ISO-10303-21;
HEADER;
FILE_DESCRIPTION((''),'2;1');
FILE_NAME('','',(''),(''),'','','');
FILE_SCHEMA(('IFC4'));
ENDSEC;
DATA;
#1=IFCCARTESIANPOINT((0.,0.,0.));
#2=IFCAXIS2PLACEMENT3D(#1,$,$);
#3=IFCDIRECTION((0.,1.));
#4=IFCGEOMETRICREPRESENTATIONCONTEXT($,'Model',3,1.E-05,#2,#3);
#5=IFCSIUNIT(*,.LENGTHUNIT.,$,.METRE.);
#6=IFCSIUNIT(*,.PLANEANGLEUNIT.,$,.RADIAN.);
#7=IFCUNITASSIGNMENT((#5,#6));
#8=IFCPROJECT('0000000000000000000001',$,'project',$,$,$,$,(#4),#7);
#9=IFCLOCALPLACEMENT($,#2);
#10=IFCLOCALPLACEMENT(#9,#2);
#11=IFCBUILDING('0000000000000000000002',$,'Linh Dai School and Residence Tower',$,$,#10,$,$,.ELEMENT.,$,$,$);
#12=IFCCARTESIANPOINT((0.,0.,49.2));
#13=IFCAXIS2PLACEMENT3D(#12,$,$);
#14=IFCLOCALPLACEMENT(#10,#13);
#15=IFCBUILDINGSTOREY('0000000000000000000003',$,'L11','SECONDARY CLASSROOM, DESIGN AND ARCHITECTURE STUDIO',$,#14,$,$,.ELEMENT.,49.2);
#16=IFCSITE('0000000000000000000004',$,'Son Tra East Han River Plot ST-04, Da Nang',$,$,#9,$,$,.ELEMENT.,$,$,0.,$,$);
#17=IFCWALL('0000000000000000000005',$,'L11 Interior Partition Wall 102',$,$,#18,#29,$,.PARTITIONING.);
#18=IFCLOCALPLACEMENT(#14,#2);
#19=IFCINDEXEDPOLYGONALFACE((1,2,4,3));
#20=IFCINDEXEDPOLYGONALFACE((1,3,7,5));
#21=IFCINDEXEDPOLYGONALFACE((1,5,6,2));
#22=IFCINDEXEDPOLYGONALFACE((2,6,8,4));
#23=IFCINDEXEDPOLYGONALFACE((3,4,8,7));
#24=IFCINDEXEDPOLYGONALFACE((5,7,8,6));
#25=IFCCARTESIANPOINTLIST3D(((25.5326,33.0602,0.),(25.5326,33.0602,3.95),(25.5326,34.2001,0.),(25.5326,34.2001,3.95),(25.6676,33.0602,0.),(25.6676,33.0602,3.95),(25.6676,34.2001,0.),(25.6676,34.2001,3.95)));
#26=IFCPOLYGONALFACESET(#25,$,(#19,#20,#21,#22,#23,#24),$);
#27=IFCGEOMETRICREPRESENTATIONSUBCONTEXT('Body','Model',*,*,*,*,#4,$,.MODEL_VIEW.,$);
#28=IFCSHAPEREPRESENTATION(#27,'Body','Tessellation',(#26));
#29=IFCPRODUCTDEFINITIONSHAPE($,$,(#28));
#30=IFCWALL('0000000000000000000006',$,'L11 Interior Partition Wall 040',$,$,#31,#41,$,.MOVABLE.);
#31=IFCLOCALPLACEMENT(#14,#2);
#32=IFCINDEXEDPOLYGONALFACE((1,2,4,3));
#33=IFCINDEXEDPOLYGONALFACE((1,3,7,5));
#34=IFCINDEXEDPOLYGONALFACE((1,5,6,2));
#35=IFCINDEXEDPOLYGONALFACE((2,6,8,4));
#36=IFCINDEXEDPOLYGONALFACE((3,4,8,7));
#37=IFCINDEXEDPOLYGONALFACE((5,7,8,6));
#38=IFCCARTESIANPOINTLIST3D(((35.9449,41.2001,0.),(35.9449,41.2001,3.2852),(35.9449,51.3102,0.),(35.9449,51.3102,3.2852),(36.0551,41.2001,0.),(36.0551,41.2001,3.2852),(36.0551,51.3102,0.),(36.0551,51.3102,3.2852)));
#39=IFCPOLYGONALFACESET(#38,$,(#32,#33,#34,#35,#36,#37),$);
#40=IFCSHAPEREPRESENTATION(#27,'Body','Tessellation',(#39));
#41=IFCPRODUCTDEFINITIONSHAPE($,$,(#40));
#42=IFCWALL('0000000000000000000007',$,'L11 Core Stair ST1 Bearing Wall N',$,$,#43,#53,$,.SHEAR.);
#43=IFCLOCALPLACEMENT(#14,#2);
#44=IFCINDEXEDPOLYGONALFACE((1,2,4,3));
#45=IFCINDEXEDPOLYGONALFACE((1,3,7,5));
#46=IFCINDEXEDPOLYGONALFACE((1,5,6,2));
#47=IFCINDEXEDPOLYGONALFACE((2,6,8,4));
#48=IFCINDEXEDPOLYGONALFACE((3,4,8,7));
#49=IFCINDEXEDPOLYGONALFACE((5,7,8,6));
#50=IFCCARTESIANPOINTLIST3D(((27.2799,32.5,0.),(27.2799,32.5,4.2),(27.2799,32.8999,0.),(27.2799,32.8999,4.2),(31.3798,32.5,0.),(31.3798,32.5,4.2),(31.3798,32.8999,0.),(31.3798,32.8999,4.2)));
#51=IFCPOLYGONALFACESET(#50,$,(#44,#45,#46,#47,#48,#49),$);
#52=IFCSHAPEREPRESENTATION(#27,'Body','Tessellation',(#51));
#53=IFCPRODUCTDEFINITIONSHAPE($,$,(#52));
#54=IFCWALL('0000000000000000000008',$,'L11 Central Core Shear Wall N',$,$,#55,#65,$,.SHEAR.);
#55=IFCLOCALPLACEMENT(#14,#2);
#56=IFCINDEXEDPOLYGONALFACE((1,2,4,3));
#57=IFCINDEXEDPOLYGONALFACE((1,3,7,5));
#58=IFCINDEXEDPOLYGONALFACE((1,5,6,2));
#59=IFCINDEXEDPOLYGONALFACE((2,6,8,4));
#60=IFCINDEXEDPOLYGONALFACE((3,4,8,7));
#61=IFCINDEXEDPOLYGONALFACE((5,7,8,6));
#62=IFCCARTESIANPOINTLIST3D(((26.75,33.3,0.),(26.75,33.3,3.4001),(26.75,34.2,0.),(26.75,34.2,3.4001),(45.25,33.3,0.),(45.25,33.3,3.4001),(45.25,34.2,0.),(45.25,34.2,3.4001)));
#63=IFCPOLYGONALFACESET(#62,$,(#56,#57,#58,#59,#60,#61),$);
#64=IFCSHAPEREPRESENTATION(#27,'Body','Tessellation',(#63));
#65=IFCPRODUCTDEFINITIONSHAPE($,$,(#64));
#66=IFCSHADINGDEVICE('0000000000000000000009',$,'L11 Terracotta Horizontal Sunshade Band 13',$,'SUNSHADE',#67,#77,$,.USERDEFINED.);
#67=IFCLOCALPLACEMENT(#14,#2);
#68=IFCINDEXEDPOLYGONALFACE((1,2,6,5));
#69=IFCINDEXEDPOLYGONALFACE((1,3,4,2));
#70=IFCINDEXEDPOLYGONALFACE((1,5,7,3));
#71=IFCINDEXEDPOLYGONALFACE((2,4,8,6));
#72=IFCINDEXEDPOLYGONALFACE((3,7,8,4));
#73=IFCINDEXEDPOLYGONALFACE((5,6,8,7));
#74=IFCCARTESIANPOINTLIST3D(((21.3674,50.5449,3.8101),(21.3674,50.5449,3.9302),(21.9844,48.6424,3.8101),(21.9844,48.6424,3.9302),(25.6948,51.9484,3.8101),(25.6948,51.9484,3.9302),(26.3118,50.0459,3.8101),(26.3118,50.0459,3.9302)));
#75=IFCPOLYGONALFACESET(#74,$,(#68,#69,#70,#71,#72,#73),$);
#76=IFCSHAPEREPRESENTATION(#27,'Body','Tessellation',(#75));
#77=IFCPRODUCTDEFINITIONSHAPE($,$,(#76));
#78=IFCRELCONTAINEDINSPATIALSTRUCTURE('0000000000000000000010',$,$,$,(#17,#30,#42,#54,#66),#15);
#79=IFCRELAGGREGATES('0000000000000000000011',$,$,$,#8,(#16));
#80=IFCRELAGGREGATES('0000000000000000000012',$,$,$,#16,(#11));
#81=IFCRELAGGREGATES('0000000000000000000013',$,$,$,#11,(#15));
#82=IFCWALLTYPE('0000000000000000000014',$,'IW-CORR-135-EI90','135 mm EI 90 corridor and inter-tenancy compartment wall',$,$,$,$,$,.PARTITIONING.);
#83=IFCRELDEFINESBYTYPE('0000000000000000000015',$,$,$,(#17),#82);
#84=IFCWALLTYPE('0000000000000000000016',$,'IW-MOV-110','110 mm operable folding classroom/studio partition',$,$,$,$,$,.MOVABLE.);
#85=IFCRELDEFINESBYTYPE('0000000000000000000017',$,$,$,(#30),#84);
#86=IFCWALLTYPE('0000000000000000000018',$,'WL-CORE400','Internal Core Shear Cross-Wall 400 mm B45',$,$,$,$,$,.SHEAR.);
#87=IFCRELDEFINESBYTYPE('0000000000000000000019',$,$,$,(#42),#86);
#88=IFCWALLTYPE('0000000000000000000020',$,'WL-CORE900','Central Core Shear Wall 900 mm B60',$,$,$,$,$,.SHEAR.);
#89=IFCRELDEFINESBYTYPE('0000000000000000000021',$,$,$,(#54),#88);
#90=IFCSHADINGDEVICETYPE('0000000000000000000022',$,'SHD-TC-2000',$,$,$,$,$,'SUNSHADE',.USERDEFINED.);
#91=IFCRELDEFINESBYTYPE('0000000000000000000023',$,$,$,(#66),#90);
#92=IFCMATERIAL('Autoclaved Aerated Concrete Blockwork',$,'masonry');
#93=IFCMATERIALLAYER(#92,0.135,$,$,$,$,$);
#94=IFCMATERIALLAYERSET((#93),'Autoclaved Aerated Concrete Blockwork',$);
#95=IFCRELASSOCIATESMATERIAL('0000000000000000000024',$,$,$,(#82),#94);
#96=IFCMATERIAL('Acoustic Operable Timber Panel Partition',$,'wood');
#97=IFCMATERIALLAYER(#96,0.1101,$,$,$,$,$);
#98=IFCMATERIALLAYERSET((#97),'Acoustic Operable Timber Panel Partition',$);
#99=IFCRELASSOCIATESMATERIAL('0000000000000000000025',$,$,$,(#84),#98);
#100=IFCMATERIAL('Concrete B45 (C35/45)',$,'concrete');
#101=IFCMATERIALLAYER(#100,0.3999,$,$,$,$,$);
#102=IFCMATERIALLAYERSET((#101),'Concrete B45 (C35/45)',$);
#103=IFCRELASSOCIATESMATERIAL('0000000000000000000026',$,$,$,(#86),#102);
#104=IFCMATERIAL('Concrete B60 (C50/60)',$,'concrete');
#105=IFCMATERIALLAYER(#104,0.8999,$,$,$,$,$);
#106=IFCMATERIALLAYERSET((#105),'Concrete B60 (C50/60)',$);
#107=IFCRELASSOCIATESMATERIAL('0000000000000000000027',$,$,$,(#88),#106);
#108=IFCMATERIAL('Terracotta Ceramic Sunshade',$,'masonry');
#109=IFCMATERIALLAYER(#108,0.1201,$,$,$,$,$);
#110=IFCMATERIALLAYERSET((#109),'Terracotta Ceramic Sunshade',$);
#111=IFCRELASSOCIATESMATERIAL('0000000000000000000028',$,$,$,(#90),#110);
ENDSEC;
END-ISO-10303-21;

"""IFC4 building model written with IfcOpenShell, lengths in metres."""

from ifc_helpers import new_model, si_unit, direction, frame, frame_2d, origin, origin_2d, place, context, subcontext, project, spatial, rectangle, extrude, source, transform, mapped, material, layer, layer_set, type_object, element, save


model = new_model("IFC4")

# Units and contexts
model_context = context("Model", 3, precision=1e-05, world=origin(), true_north=direction((0.0, 1.0)))
body_context = subcontext(model_context, "Body", "Model", "MODEL_VIEW")
ifc_project = project(units=[si_unit("LENGTHUNIT", "METRE"), si_unit("PLANEANGLEUNIT", "RADIAN")], contexts=[model_context])

# Site, building, storey
site_placement = place(None, origin())
site = spatial("IfcSite", under=ifc_project, at=site_placement, Name="Son Tra East Han River Plot ST-04, Da Nang", CompositionType="ELEMENT", RefElevation=0.0)
building_placement = place(site_placement, origin())
building = spatial("IfcBuilding", under=site, at=building_placement, Name="Linh Dai School and Residence Tower", CompositionType="ELEMENT")
storey_placement = place(building_placement, frame((0.0, 0.0, 49.2)))
storey = spatial("IfcBuildingStorey", under=building, at=storey_placement, Name="L11", Description="SECONDARY CLASSROOM, DESIGN AND ARCHITECTURE STUDIO", CompositionType="ELEMENT", Elevation=49.2)

# Shared definitions
ifc_material_1 = material(Name="Concrete B60 (C50/60)", Category="concrete")

# Shared definitions
ifc_material_2 = material(Name="Autoclaved Aerated Concrete Blockwork", Category="masonry")
ifc_layer_1 = layer(ifc_material_2, 0.135)
ifc_layer_set_1 = layer_set([ifc_layer_1], Name="Autoclaved Aerated Concrete Blockwork")
wall_type_1 = type_object("IfcWallType", Name="IW-CORR-135-EI90", Description="135 mm EI 90 corridor and inter-tenancy compartment wall", PredefinedType="PARTITIONING", material=ifc_layer_set_1)

# Walls
wall_1_placement = place(storey_placement, frame((25.6001, 34.2, 0.0), z_axis=(0.0, 0.0, 1.0), x_axis=(0.0, -1.0, 0.0)))
element("IfcWall", 1, at=wall_1_placement, inside=storey, type_object=wall_type_1, Name="L11 Interior Partition Wall 102", PredefinedType="PARTITIONING", context=body_context, shape_type="SweptSolid", body=[
    extrude(rectangle(XDim=1.1399, YDim=0.135, at=frame_2d((0.5698, 0.0))), origin(), (0.0, 0.0, 1.0), 3.95),
])
ifc_material_3 = material(Name="Acoustic Operable Timber Panel Partition", Category="wood")
ifc_layer_2 = layer(ifc_material_3, 0.1101)
ifc_layer_set_2 = layer_set([ifc_layer_2], Name="Acoustic Operable Timber Panel Partition")
wall_type_2 = type_object("IfcWallType", Name="IW-MOV-110", Description="110 mm operable folding classroom/studio partition", PredefinedType="MOVABLE", material=ifc_layer_set_2)
wall_2_placement = place(storey_placement, frame((36.0, 41.2, 0.0), z_axis=(0.0, 0.0, 1.0), x_axis=(0.0, 1.0, 0.0)))
element("IfcWall", 2, at=wall_2_placement, inside=storey, type_object=wall_type_2, Name="L11 Interior Partition Wall 040", PredefinedType="MOVABLE", context=body_context, shape_type="SweptSolid", body=[
    extrude(rectangle(XDim=10.1101, YDim=0.1101, at=frame_2d((5.0552, 0.0))), origin(), (0.0, 0.0, 1.0), 3.2852),
])
ifc_material_4 = material(Name="Concrete B45 (C35/45)", Category="concrete")
ifc_layer_3 = layer(ifc_material_4, 0.3999)
ifc_layer_set_3 = layer_set([ifc_layer_3], Name="Concrete B45 (C35/45)")
wall_type_3 = type_object("IfcWallType", Name="WL-CORE400", Description="Internal Core Shear Cross-Wall 400 mm B45", PredefinedType="SHEAR", material=ifc_layer_set_3)
wall_3_placement = place(storey_placement, frame((27.28, 32.7, 0.0), z_axis=(0.0, 0.0, 1.0), x_axis=(1.0, 0.0, 0.0)))
element("IfcWall", 3, at=wall_3_placement, inside=storey, type_object=wall_type_3, Name="L11 Core Stair ST1 Bearing Wall N", PredefinedType="SHEAR", context=body_context, shape_type="SweptSolid", body=[
    extrude(rectangle(XDim=4.0999, YDim=0.3999, at=frame_2d((2.0498, 0.0))), origin(), (0.0, 0.0, 1.0), 4.2),
])
ifc_layer_4 = layer(ifc_material_1, 0.8999)
ifc_layer_set_4 = layer_set([ifc_layer_4], Name="Concrete B60 (C50/60)")
wall_type_4 = type_object("IfcWallType", Name="WL-CORE900", Description="Central Core Shear Wall 900 mm B60", PredefinedType="SHEAR", material=ifc_layer_set_4)
wall_4_placement = place(storey_placement, frame((26.75, 33.75, 0.0), z_axis=(0.0, 0.0, 1.0), x_axis=(1.0, 0.0, 0.0)))
element("IfcWall", 4, at=wall_4_placement, inside=storey, type_object=wall_type_4, Name="L11 Central Core Shear Wall N", PredefinedType="SHEAR", context=body_context, shape_type="SweptSolid", body=[
    extrude(rectangle(XDim=18.5, YDim=0.8999, at=frame_2d((9.25, 0.0))), origin(), (0.0, 0.0, 1.0), 3.4001),
])

# Shading device
ifc_material_5 = material(Name="Terracotta Ceramic Sunshade", Category="masonry")
ifc_layer_5 = layer(ifc_material_5, 0.1201)
ifc_layer_set_5 = layer_set([ifc_layer_5], Name="Terracotta Ceramic Sunshade")
shading_device_type = type_object("IfcShadingDeviceType", Name="SHD-TC-2000", ElementType="SUNSHADE", PredefinedType="USERDEFINED", material=ifc_layer_set_5)
shared_shape_1 = source(origin(), body_context, "Body", "SweptSolid", [
    extrude(rectangle(XDim=4.5493, YDim=2.0, at=origin_2d()), origin(), (0.0, 0.0, 1.0), 0.1201),
])
shading_device_placement = place(storey_placement, frame((23.8396, 50.2954, 3.8101), z_axis=(0.0, 0.0, 1.0), x_axis=(0.951221, 0.308511, 0.0)))
element("IfcShadingDevice", 5, at=shading_device_placement, inside=storey, type_object=shading_device_type, Name="L11 Terracotta Horizontal Sunshade Band 13", ObjectType="SUNSHADE", PredefinedType="USERDEFINED", context=body_context, shape_type="MappedRepresentation", body=[
    mapped(shared_shape_1, transform((0.0, 0.0, 0.0), x_axis=(1.0, 0.0, 0.0), y_axis=(0.0, 1.0, 0.0), z_axis=(0.0, 0.0, 1.0), scale=1.0)),
])

save(model, "model.ifc")
